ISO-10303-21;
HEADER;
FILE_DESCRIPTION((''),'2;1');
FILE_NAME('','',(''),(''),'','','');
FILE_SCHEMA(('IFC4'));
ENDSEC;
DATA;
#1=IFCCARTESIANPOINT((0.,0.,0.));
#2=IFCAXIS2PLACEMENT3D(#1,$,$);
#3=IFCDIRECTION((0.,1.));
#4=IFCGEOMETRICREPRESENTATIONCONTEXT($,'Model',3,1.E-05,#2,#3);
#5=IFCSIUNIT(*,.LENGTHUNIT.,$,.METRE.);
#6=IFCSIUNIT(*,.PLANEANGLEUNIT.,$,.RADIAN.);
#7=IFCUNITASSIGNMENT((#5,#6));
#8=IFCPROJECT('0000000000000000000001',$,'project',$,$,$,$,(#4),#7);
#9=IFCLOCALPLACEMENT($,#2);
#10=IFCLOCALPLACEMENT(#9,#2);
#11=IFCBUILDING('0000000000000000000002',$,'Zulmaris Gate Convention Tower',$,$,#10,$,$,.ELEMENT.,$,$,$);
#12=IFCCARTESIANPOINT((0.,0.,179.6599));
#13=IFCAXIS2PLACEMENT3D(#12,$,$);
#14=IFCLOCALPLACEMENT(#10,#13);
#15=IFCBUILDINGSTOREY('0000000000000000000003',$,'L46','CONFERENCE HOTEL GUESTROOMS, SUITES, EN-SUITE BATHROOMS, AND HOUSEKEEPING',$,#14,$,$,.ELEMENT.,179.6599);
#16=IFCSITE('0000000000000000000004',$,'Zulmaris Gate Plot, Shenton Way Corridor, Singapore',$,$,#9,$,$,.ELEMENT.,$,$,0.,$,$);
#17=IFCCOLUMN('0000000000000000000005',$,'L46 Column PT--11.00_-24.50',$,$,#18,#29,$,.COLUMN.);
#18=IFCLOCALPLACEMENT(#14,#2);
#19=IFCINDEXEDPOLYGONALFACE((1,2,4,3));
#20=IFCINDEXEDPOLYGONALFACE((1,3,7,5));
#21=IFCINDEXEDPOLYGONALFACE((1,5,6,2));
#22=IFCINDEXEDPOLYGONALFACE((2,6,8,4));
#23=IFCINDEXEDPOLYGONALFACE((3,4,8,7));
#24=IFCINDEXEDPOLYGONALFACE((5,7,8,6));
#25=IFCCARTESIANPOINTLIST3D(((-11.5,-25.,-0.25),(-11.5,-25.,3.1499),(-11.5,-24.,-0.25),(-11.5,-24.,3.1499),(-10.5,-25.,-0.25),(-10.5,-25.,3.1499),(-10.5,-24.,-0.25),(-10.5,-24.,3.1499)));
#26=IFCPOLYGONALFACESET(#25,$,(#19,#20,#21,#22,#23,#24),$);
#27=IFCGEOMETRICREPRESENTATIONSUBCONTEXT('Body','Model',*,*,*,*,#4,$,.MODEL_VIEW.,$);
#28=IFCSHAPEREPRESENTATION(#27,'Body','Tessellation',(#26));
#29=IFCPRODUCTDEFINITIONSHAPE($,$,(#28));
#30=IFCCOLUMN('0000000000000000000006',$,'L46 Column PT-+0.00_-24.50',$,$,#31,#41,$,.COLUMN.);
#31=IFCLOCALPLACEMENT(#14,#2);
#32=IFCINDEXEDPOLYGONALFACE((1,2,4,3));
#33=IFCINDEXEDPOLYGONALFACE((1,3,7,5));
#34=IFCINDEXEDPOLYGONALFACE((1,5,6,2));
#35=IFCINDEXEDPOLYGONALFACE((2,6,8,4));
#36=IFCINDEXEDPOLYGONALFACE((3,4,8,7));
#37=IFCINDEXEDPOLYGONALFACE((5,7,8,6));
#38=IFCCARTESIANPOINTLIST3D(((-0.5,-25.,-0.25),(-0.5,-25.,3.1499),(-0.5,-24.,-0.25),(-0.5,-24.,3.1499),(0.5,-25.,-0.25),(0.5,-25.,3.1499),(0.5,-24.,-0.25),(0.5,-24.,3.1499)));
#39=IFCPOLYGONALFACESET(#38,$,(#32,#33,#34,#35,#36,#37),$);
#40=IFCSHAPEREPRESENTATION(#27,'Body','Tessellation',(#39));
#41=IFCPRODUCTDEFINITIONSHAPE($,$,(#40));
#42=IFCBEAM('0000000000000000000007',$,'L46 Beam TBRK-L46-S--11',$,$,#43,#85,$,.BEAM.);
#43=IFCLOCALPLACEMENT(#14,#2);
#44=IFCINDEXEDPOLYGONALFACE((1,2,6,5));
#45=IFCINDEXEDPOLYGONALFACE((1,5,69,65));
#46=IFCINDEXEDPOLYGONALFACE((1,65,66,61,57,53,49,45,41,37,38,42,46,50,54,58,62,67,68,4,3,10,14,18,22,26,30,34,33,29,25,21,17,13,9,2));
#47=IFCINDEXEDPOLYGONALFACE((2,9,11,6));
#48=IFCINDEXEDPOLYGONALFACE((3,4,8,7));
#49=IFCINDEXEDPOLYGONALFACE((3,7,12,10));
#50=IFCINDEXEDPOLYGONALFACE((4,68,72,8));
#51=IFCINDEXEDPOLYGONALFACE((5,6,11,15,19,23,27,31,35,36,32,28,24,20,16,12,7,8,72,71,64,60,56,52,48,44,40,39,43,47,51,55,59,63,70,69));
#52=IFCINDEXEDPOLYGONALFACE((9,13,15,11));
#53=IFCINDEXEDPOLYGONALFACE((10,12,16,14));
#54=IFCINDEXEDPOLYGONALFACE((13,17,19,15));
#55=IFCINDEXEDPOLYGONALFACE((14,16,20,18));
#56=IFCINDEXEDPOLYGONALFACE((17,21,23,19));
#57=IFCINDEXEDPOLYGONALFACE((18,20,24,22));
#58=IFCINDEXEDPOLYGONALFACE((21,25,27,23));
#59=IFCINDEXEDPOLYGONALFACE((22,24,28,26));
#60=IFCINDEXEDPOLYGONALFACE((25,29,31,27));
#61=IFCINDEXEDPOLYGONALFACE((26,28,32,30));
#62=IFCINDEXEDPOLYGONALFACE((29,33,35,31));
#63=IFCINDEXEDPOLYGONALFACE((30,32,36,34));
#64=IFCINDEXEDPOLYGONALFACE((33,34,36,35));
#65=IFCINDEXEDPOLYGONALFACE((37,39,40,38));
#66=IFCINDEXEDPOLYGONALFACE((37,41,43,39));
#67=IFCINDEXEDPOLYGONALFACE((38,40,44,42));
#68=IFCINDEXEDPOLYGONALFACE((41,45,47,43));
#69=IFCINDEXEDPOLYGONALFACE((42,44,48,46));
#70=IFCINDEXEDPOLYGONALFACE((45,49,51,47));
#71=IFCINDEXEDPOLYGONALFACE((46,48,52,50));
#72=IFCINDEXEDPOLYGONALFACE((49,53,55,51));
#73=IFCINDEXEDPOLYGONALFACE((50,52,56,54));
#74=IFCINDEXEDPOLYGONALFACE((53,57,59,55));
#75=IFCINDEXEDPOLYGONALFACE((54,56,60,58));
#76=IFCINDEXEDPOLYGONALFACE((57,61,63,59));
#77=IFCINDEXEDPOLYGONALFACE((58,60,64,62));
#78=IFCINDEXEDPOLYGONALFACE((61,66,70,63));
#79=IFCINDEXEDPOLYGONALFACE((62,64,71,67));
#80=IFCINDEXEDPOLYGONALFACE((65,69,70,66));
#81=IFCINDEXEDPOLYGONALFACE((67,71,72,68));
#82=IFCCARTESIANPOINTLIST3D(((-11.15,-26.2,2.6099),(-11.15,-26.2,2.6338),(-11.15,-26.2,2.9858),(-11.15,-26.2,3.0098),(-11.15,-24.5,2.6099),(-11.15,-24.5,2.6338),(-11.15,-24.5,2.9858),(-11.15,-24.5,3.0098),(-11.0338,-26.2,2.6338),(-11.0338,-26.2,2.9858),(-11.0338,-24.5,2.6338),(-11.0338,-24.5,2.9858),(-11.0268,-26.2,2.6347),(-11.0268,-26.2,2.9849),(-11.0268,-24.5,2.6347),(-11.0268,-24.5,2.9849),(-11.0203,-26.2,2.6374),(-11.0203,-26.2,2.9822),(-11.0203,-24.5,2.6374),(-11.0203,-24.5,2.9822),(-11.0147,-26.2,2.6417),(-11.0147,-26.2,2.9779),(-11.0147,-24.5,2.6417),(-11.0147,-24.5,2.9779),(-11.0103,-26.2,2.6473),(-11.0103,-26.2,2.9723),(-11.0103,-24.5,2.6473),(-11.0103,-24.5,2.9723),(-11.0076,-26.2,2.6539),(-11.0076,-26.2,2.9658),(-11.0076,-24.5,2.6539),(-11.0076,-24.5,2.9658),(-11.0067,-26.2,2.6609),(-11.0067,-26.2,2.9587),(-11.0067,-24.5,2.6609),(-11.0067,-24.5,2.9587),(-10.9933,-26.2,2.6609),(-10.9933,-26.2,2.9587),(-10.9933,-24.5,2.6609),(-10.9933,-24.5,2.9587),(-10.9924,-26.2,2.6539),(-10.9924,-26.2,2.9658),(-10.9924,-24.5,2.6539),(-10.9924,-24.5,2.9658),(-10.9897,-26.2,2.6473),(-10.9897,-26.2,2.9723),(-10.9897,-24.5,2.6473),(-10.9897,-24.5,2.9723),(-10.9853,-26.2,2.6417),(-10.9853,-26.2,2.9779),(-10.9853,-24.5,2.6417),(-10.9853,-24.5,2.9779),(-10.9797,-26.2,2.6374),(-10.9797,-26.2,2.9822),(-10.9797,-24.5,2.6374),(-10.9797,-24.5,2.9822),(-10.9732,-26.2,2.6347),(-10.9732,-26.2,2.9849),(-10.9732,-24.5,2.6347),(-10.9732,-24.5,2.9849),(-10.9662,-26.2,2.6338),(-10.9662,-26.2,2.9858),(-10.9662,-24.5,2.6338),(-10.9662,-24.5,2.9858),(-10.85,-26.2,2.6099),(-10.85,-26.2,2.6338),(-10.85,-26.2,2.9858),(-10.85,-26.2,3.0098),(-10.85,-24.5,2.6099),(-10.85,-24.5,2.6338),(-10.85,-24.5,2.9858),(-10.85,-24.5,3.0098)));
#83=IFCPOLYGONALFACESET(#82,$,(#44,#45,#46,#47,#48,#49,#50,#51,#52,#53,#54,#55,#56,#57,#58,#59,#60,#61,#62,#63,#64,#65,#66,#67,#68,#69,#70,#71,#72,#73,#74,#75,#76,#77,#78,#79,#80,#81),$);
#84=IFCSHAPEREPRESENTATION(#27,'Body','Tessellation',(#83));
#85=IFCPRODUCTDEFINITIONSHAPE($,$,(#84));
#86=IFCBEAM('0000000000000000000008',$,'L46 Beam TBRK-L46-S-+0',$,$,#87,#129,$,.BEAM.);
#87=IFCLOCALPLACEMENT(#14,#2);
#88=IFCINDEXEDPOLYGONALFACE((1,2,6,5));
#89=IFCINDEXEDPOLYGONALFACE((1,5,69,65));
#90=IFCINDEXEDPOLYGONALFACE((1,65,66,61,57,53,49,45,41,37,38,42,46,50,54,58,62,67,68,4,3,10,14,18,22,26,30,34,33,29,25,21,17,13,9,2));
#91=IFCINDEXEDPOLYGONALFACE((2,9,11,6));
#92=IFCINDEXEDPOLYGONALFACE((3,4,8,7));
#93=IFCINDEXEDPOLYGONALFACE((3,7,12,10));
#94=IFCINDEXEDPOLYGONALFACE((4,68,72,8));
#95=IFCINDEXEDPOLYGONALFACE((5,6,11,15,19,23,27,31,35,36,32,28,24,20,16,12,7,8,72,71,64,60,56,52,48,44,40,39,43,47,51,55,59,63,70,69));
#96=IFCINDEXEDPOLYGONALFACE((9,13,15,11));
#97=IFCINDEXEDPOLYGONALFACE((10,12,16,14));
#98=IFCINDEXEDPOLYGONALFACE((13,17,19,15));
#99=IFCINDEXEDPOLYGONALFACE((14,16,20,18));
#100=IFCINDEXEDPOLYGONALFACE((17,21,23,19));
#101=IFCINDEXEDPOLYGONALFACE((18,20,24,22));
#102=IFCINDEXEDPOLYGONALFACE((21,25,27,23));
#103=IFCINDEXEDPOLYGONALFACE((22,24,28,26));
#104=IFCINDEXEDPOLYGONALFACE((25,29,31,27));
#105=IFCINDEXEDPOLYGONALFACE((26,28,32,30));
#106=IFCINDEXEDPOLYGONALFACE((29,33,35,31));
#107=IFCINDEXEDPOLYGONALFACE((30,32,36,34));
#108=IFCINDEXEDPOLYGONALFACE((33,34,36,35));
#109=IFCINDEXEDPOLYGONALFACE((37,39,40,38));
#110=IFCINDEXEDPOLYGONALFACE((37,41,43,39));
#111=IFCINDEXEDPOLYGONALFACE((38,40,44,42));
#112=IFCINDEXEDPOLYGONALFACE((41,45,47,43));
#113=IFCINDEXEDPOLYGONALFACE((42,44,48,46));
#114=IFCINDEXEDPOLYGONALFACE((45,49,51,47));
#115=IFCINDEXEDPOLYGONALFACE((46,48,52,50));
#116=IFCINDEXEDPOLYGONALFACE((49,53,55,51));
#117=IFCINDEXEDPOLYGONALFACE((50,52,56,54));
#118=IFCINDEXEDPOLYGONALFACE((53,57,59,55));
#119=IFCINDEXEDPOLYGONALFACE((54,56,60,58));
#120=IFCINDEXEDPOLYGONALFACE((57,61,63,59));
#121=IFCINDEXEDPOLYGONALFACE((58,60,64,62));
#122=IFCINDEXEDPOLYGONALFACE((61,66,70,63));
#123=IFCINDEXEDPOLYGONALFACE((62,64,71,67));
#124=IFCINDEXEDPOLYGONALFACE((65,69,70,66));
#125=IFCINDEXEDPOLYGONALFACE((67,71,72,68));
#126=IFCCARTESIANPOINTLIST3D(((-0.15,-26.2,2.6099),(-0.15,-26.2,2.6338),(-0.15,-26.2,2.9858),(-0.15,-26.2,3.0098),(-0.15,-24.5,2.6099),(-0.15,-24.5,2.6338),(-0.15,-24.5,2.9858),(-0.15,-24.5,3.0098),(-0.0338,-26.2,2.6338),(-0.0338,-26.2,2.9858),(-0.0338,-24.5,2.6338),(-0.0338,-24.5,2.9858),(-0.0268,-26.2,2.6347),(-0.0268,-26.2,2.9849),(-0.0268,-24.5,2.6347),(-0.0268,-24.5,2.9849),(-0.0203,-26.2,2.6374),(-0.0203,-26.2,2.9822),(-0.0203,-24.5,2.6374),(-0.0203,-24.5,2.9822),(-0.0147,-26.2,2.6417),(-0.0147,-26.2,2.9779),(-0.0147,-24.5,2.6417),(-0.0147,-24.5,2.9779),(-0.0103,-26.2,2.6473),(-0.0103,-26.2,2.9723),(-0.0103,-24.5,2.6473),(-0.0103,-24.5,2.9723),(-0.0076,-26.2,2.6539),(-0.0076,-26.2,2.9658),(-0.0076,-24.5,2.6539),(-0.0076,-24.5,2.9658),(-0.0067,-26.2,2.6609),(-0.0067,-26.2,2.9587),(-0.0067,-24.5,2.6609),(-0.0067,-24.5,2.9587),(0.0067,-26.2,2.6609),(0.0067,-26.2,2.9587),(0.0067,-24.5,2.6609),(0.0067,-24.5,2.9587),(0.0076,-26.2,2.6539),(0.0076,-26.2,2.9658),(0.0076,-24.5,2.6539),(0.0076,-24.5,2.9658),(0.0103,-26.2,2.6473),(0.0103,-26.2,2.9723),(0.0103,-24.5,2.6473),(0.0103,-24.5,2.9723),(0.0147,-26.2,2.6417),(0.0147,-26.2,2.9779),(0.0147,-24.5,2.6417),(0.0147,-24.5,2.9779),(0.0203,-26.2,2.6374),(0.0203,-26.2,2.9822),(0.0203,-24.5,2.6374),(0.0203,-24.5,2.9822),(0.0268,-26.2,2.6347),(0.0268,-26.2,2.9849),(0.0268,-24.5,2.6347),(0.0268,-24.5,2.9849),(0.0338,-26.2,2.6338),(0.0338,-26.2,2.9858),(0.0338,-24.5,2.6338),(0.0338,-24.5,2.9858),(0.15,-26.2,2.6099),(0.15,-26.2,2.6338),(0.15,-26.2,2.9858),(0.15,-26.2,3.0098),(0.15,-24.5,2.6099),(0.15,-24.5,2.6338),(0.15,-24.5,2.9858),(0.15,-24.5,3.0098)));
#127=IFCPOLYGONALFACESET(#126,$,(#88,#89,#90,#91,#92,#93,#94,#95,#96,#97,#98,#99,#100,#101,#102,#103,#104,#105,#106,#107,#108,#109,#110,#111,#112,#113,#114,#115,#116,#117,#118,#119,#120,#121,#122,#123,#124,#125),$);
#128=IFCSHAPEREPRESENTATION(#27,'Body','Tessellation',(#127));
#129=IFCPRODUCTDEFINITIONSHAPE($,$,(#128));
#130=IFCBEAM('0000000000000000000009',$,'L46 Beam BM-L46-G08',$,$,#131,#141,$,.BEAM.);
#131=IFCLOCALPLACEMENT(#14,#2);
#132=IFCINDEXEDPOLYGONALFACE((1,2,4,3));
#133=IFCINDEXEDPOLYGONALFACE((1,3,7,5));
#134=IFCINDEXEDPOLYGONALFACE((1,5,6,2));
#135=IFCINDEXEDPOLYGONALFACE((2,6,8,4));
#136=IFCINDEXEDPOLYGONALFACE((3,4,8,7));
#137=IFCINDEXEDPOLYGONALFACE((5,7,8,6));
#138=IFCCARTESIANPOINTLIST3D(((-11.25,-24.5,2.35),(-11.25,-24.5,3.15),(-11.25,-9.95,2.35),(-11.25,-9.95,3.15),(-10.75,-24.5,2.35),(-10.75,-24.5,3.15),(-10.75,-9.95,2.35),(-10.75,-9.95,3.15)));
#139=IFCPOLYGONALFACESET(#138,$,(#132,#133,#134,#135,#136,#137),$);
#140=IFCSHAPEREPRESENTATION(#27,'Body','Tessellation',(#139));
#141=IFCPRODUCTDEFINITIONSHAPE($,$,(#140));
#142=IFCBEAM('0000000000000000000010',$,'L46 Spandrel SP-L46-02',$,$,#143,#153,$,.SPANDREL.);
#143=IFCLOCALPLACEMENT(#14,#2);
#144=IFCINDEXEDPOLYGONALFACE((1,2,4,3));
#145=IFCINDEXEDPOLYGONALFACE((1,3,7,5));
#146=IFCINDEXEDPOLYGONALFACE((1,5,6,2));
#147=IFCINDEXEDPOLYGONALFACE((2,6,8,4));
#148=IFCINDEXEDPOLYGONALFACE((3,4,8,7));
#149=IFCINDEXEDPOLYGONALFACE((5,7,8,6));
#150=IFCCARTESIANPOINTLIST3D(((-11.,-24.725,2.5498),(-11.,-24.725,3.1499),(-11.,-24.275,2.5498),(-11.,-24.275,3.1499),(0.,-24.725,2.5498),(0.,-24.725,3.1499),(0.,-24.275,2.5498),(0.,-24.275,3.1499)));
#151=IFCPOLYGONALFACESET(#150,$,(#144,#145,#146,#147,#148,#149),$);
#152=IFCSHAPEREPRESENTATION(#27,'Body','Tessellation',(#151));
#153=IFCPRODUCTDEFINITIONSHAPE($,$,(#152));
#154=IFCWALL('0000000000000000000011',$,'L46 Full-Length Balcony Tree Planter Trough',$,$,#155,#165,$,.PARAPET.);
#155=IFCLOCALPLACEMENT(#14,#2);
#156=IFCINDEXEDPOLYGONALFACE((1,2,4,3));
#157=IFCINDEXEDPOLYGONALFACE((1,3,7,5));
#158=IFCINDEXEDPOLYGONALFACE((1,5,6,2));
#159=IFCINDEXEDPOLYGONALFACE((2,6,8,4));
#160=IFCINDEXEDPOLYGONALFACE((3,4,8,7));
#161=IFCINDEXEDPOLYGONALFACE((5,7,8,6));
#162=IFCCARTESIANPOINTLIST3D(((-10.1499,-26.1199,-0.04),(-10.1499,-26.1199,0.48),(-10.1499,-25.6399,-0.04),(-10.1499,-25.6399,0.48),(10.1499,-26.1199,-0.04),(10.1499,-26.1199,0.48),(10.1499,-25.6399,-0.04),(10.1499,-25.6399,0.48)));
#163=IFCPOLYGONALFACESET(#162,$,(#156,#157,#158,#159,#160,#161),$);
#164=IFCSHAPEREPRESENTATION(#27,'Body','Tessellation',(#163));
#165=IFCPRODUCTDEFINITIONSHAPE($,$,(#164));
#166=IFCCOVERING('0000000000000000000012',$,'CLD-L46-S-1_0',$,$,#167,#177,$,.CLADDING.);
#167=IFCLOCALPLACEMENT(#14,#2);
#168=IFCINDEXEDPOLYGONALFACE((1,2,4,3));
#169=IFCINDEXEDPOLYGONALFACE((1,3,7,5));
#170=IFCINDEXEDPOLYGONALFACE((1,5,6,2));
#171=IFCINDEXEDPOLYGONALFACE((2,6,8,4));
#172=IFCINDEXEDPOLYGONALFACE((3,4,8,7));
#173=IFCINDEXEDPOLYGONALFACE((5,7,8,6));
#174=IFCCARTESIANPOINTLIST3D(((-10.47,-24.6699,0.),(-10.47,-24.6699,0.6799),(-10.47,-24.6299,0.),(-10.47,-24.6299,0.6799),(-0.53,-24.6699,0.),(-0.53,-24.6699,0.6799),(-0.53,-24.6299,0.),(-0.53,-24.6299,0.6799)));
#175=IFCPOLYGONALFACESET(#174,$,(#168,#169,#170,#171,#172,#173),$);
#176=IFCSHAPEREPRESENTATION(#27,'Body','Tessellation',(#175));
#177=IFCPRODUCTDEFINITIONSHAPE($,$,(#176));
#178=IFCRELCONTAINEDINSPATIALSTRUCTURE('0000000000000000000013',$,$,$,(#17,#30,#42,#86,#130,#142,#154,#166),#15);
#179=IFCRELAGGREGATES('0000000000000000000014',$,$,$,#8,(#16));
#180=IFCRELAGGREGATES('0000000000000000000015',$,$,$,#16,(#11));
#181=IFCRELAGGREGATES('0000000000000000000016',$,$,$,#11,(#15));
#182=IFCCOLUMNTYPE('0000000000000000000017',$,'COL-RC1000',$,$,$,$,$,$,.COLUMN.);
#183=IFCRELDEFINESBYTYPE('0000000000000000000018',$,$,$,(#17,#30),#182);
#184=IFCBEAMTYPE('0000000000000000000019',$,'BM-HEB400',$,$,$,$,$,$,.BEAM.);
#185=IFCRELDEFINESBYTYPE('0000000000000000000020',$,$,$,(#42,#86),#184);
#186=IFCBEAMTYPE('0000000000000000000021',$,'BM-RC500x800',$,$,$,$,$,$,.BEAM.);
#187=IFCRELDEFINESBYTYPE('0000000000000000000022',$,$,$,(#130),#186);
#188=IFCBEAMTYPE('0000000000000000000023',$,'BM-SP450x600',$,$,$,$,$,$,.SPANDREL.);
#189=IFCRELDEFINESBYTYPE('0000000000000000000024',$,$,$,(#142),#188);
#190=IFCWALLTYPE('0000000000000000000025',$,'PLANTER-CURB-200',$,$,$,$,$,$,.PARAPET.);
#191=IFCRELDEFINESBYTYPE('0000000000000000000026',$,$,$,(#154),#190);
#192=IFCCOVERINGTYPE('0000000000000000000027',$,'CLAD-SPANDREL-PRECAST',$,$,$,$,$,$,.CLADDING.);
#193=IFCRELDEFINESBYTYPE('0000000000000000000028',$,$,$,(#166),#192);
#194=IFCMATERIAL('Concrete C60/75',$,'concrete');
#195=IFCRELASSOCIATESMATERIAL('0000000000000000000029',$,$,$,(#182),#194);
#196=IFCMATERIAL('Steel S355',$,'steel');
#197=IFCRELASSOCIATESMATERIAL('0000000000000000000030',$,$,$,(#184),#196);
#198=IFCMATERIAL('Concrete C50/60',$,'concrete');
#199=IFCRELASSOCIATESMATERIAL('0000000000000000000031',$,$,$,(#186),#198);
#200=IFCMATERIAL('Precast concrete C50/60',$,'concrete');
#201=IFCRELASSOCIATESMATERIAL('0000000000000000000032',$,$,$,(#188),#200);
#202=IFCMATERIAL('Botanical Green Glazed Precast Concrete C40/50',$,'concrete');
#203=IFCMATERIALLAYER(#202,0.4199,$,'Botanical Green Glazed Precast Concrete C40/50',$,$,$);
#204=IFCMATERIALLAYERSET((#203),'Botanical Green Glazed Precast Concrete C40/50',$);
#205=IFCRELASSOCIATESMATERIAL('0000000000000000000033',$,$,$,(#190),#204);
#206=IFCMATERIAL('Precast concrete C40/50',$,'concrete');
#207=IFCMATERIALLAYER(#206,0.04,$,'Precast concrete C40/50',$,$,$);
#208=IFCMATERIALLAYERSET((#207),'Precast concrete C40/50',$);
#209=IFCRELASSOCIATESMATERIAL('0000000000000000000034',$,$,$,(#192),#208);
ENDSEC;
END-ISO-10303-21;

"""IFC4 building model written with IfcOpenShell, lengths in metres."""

from ifc_helpers import new_model, si_unit, direction, frame, frame_2d, origin, origin_2d, place, context, subcontext, project, spatial, rectangle, i_section, extrude, material, layer, layer_set, material_profile, profile_set, type_object, element, save


model = new_model("IFC4")

# Units and contexts
model_context = context("Model", 3, precision=1e-05, world=origin(), true_north=direction((0.0, 1.0)))
body_context = subcontext(model_context, "Body", "Model", "MODEL_VIEW")
ifc_project = project(units=[si_unit("LENGTHUNIT", "METRE"), si_unit("PLANEANGLEUNIT", "RADIAN")], contexts=[model_context])

# Site, building, storey
site_placement = place(None, origin())
site = spatial("IfcSite", under=ifc_project, at=site_placement, Name="Zulmaris Gate Plot, Shenton Way Corridor, Singapore", CompositionType="ELEMENT", RefElevation=0.0)
building_placement = place(site_placement, origin())
building = spatial("IfcBuilding", under=site, at=building_placement, Name="Zulmaris Gate Convention Tower", CompositionType="ELEMENT")
storey_placement = place(building_placement, frame((0.0, 0.0, 179.6599)))
storey = spatial("IfcBuildingStorey", under=building, at=storey_placement, Name="L46", Description="CONFERENCE HOTEL GUESTROOMS, SUITES, EN-SUITE BATHROOMS, AND HOUSEKEEPING", CompositionType="ELEMENT", Elevation=179.6599)

# Columns
ifc_material_1 = material(Name="Concrete C60/75", Category="concrete")
ifc_material_profile_1 = material_profile(ifc_material_1, rectangle(XDim=1.0, YDim=1.0, at=origin_2d()), Name="RC COL 1000x1000")
ifc_profile_set_1 = profile_set([ifc_material_profile_1], Name="Concrete C60/75")
column_type = type_object("IfcColumnType", Name="COL-RC1000", PredefinedType="COLUMN", material=ifc_profile_set_1)
for number, where, z_axis, x_axis, name in (
    (1, (-11.0, -24.5, -0.25), (0.0, 0.0, 1.0), (1.0, 0.0, 0.0), "L46 Column PT--11.00_-24.50"),
    (2, (0.0, -24.5, -0.25), (0.0, 0.0, 1.0), (1.0, 0.0, 0.0), "L46 Column PT-+0.00_-24.50"),
):
    element("IfcColumn", number, at=place(storey_placement, frame(where, z_axis=z_axis, x_axis=x_axis)), inside=storey, type_object=column_type, Name=name, PredefinedType="COLUMN", context=body_context, shape_type="SweptSolid", body=[
        extrude(rectangle(XDim=1.0, YDim=1.0, at=origin_2d()), origin(), (0.0, 0.0, 1.0), 3.3999),
    ])

# Beams
ifc_material_2 = material(Name="Steel S355", Category="steel")
ifc_material_profile_2 = material_profile(ifc_material_2, i_section(OverallWidth=0.3, OverallDepth=0.3999, WebThickness=0.0134, FlangeThickness=0.0239, FilletRadius=0.0271, at=origin_2d()), Name="HEB 400")
ifc_profile_set_2 = profile_set([ifc_material_profile_2], Name="Steel S355")
beam_type_1 = type_object("IfcBeamType", Name="BM-HEB400", PredefinedType="BEAM", material=ifc_profile_set_2)
for number, where, z_axis, x_axis, name in (
    (3, (-11.0, -26.2, 2.8098), (0.0, 1.0, 0.0), (-1.0, 0.0, 0.0), "L46 Beam TBRK-L46-S--11"),
    (4, (0.0, -26.2, 2.8098), (0.0, 1.0, 0.0), (-1.0, 0.0, 0.0), "L46 Beam TBRK-L46-S-+0"),
):
    element("IfcBeam", number, at=place(storey_placement, frame(where, z_axis=z_axis, x_axis=x_axis)), inside=storey, type_object=beam_type_1, Name=name, PredefinedType="BEAM", context=body_context, shape_type="SweptSolid", body=[
        extrude(i_section(OverallWidth=0.3, OverallDepth=0.3999, WebThickness=0.0134, FlangeThickness=0.0239, FilletRadius=0.0271, at=origin_2d()), origin(), (0.0, 0.0, 1.0), 1.7),
    ])
ifc_material_3 = material(Name="Concrete C50/60", Category="concrete")
ifc_material_profile_3 = material_profile(ifc_material_3, rectangle(XDim=0.5, YDim=0.8, at=origin_2d()), Name="RC BEAM 500x800")
ifc_profile_set_3 = profile_set([ifc_material_profile_3], Name="Concrete C50/60")
beam_type_2 = type_object("IfcBeamType", Name="BM-RC500x800", PredefinedType="BEAM", material=ifc_profile_set_3)
beam_1_placement = place(storey_placement, frame((-11.0, -24.5, 2.75), z_axis=(0.0, 1.0, 0.0), x_axis=(-1.0, 0.0, 0.0)))
element("IfcBeam", 5, at=beam_1_placement, inside=storey, type_object=beam_type_2, Name="L46 Beam BM-L46-G08", PredefinedType="BEAM", context=body_context, shape_type="SweptSolid", body=[
    extrude(rectangle(XDim=0.5, YDim=0.8, at=origin_2d()), origin(), (0.0, 0.0, 1.0), 14.55),
])
ifc_material_4 = material(Name="Precast concrete C50/60", Category="concrete")
ifc_material_profile_4 = material_profile(ifc_material_4, rectangle(XDim=0.45, YDim=0.6001, at=origin_2d()), Name="RC SPANDREL 450x600")
ifc_profile_set_4 = profile_set([ifc_material_profile_4], Name="Precast concrete C50/60")
beam_type_3 = type_object("IfcBeamType", Name="BM-SP450x600", PredefinedType="SPANDREL", material=ifc_profile_set_4)
beam_2_placement = place(storey_placement, frame((-11.0, -24.5, 2.8499), z_axis=(1.0, 0.0, 0.0), x_axis=(0.0, 1.0, 0.0)))
element("IfcBeam", 6, at=beam_2_placement, inside=storey, type_object=beam_type_3, Name="L46 Spandrel SP-L46-02", PredefinedType="SPANDREL", context=body_context, shape_type="SweptSolid", body=[
    extrude(rectangle(XDim=0.45, YDim=0.6001, at=origin_2d()), origin(), (0.0, 0.0, 1.0), 11.0),
])

# Wall
ifc_material_5 = material(Name="Botanical Green Glazed Precast Concrete C40/50", Category="concrete")
ifc_layer_1 = layer(ifc_material_5, 0.4199, Name="Botanical Green Glazed Precast Concrete C40/50")
ifc_layer_set_1 = layer_set([ifc_layer_1], Name="Botanical Green Glazed Precast Concrete C40/50")
wall_type_1 = type_object("IfcWallType", Name="PLANTER-CURB-200", PredefinedType="PARAPET", material=ifc_layer_set_1)
wall_1_placement = place(storey_placement, frame((-10.1499, -25.8799, -0.04), z_axis=(0.0, 0.0, 1.0), x_axis=(1.0, 0.0, 0.0)))
element("IfcWall", 7, at=wall_1_placement, inside=storey, type_object=wall_type_1, Name="L46 Full-Length Balcony Tree Planter Trough", PredefinedType="PARAPET", context=body_context, shape_type="SweptSolid", body=[
    extrude(rectangle(XDim=20.2998, YDim=0.48, at=frame_2d((10.1499, 0.0))), origin(), (0.0, 0.0, 1.0), 0.52),
])

# Shared definitions
ifc_material_6 = material(Name="Precast concrete C40/50", Category="concrete")

# Covering
ifc_layer_2 = layer(ifc_material_6, 0.04, Name="Precast concrete C40/50")
ifc_layer_set_2 = layer_set([ifc_layer_2], Name="Precast concrete C40/50")
covering_type = type_object("IfcCoveringType", Name="CLAD-SPANDREL-PRECAST", PredefinedType="CLADDING", material=ifc_layer_set_2)
covering_placement = place(storey_placement, frame((-10.47, -24.6499, 0.0), z_axis=(0.0, 0.0, 1.0), x_axis=(1.0, 0.0, 0.0)))
element("IfcCovering", 8, at=covering_placement, inside=storey, type_object=covering_type, Name="CLD-L46-S-1_0", PredefinedType="CLADDING", context=body_context, shape_type="SweptSolid", body=[
    extrude(rectangle(XDim=9.9399, YDim=0.04, at=frame_2d((4.97, 0.0))), origin(), (0.0, 0.0, 1.0), 0.6799),
])

save(model, "model.ifc")
